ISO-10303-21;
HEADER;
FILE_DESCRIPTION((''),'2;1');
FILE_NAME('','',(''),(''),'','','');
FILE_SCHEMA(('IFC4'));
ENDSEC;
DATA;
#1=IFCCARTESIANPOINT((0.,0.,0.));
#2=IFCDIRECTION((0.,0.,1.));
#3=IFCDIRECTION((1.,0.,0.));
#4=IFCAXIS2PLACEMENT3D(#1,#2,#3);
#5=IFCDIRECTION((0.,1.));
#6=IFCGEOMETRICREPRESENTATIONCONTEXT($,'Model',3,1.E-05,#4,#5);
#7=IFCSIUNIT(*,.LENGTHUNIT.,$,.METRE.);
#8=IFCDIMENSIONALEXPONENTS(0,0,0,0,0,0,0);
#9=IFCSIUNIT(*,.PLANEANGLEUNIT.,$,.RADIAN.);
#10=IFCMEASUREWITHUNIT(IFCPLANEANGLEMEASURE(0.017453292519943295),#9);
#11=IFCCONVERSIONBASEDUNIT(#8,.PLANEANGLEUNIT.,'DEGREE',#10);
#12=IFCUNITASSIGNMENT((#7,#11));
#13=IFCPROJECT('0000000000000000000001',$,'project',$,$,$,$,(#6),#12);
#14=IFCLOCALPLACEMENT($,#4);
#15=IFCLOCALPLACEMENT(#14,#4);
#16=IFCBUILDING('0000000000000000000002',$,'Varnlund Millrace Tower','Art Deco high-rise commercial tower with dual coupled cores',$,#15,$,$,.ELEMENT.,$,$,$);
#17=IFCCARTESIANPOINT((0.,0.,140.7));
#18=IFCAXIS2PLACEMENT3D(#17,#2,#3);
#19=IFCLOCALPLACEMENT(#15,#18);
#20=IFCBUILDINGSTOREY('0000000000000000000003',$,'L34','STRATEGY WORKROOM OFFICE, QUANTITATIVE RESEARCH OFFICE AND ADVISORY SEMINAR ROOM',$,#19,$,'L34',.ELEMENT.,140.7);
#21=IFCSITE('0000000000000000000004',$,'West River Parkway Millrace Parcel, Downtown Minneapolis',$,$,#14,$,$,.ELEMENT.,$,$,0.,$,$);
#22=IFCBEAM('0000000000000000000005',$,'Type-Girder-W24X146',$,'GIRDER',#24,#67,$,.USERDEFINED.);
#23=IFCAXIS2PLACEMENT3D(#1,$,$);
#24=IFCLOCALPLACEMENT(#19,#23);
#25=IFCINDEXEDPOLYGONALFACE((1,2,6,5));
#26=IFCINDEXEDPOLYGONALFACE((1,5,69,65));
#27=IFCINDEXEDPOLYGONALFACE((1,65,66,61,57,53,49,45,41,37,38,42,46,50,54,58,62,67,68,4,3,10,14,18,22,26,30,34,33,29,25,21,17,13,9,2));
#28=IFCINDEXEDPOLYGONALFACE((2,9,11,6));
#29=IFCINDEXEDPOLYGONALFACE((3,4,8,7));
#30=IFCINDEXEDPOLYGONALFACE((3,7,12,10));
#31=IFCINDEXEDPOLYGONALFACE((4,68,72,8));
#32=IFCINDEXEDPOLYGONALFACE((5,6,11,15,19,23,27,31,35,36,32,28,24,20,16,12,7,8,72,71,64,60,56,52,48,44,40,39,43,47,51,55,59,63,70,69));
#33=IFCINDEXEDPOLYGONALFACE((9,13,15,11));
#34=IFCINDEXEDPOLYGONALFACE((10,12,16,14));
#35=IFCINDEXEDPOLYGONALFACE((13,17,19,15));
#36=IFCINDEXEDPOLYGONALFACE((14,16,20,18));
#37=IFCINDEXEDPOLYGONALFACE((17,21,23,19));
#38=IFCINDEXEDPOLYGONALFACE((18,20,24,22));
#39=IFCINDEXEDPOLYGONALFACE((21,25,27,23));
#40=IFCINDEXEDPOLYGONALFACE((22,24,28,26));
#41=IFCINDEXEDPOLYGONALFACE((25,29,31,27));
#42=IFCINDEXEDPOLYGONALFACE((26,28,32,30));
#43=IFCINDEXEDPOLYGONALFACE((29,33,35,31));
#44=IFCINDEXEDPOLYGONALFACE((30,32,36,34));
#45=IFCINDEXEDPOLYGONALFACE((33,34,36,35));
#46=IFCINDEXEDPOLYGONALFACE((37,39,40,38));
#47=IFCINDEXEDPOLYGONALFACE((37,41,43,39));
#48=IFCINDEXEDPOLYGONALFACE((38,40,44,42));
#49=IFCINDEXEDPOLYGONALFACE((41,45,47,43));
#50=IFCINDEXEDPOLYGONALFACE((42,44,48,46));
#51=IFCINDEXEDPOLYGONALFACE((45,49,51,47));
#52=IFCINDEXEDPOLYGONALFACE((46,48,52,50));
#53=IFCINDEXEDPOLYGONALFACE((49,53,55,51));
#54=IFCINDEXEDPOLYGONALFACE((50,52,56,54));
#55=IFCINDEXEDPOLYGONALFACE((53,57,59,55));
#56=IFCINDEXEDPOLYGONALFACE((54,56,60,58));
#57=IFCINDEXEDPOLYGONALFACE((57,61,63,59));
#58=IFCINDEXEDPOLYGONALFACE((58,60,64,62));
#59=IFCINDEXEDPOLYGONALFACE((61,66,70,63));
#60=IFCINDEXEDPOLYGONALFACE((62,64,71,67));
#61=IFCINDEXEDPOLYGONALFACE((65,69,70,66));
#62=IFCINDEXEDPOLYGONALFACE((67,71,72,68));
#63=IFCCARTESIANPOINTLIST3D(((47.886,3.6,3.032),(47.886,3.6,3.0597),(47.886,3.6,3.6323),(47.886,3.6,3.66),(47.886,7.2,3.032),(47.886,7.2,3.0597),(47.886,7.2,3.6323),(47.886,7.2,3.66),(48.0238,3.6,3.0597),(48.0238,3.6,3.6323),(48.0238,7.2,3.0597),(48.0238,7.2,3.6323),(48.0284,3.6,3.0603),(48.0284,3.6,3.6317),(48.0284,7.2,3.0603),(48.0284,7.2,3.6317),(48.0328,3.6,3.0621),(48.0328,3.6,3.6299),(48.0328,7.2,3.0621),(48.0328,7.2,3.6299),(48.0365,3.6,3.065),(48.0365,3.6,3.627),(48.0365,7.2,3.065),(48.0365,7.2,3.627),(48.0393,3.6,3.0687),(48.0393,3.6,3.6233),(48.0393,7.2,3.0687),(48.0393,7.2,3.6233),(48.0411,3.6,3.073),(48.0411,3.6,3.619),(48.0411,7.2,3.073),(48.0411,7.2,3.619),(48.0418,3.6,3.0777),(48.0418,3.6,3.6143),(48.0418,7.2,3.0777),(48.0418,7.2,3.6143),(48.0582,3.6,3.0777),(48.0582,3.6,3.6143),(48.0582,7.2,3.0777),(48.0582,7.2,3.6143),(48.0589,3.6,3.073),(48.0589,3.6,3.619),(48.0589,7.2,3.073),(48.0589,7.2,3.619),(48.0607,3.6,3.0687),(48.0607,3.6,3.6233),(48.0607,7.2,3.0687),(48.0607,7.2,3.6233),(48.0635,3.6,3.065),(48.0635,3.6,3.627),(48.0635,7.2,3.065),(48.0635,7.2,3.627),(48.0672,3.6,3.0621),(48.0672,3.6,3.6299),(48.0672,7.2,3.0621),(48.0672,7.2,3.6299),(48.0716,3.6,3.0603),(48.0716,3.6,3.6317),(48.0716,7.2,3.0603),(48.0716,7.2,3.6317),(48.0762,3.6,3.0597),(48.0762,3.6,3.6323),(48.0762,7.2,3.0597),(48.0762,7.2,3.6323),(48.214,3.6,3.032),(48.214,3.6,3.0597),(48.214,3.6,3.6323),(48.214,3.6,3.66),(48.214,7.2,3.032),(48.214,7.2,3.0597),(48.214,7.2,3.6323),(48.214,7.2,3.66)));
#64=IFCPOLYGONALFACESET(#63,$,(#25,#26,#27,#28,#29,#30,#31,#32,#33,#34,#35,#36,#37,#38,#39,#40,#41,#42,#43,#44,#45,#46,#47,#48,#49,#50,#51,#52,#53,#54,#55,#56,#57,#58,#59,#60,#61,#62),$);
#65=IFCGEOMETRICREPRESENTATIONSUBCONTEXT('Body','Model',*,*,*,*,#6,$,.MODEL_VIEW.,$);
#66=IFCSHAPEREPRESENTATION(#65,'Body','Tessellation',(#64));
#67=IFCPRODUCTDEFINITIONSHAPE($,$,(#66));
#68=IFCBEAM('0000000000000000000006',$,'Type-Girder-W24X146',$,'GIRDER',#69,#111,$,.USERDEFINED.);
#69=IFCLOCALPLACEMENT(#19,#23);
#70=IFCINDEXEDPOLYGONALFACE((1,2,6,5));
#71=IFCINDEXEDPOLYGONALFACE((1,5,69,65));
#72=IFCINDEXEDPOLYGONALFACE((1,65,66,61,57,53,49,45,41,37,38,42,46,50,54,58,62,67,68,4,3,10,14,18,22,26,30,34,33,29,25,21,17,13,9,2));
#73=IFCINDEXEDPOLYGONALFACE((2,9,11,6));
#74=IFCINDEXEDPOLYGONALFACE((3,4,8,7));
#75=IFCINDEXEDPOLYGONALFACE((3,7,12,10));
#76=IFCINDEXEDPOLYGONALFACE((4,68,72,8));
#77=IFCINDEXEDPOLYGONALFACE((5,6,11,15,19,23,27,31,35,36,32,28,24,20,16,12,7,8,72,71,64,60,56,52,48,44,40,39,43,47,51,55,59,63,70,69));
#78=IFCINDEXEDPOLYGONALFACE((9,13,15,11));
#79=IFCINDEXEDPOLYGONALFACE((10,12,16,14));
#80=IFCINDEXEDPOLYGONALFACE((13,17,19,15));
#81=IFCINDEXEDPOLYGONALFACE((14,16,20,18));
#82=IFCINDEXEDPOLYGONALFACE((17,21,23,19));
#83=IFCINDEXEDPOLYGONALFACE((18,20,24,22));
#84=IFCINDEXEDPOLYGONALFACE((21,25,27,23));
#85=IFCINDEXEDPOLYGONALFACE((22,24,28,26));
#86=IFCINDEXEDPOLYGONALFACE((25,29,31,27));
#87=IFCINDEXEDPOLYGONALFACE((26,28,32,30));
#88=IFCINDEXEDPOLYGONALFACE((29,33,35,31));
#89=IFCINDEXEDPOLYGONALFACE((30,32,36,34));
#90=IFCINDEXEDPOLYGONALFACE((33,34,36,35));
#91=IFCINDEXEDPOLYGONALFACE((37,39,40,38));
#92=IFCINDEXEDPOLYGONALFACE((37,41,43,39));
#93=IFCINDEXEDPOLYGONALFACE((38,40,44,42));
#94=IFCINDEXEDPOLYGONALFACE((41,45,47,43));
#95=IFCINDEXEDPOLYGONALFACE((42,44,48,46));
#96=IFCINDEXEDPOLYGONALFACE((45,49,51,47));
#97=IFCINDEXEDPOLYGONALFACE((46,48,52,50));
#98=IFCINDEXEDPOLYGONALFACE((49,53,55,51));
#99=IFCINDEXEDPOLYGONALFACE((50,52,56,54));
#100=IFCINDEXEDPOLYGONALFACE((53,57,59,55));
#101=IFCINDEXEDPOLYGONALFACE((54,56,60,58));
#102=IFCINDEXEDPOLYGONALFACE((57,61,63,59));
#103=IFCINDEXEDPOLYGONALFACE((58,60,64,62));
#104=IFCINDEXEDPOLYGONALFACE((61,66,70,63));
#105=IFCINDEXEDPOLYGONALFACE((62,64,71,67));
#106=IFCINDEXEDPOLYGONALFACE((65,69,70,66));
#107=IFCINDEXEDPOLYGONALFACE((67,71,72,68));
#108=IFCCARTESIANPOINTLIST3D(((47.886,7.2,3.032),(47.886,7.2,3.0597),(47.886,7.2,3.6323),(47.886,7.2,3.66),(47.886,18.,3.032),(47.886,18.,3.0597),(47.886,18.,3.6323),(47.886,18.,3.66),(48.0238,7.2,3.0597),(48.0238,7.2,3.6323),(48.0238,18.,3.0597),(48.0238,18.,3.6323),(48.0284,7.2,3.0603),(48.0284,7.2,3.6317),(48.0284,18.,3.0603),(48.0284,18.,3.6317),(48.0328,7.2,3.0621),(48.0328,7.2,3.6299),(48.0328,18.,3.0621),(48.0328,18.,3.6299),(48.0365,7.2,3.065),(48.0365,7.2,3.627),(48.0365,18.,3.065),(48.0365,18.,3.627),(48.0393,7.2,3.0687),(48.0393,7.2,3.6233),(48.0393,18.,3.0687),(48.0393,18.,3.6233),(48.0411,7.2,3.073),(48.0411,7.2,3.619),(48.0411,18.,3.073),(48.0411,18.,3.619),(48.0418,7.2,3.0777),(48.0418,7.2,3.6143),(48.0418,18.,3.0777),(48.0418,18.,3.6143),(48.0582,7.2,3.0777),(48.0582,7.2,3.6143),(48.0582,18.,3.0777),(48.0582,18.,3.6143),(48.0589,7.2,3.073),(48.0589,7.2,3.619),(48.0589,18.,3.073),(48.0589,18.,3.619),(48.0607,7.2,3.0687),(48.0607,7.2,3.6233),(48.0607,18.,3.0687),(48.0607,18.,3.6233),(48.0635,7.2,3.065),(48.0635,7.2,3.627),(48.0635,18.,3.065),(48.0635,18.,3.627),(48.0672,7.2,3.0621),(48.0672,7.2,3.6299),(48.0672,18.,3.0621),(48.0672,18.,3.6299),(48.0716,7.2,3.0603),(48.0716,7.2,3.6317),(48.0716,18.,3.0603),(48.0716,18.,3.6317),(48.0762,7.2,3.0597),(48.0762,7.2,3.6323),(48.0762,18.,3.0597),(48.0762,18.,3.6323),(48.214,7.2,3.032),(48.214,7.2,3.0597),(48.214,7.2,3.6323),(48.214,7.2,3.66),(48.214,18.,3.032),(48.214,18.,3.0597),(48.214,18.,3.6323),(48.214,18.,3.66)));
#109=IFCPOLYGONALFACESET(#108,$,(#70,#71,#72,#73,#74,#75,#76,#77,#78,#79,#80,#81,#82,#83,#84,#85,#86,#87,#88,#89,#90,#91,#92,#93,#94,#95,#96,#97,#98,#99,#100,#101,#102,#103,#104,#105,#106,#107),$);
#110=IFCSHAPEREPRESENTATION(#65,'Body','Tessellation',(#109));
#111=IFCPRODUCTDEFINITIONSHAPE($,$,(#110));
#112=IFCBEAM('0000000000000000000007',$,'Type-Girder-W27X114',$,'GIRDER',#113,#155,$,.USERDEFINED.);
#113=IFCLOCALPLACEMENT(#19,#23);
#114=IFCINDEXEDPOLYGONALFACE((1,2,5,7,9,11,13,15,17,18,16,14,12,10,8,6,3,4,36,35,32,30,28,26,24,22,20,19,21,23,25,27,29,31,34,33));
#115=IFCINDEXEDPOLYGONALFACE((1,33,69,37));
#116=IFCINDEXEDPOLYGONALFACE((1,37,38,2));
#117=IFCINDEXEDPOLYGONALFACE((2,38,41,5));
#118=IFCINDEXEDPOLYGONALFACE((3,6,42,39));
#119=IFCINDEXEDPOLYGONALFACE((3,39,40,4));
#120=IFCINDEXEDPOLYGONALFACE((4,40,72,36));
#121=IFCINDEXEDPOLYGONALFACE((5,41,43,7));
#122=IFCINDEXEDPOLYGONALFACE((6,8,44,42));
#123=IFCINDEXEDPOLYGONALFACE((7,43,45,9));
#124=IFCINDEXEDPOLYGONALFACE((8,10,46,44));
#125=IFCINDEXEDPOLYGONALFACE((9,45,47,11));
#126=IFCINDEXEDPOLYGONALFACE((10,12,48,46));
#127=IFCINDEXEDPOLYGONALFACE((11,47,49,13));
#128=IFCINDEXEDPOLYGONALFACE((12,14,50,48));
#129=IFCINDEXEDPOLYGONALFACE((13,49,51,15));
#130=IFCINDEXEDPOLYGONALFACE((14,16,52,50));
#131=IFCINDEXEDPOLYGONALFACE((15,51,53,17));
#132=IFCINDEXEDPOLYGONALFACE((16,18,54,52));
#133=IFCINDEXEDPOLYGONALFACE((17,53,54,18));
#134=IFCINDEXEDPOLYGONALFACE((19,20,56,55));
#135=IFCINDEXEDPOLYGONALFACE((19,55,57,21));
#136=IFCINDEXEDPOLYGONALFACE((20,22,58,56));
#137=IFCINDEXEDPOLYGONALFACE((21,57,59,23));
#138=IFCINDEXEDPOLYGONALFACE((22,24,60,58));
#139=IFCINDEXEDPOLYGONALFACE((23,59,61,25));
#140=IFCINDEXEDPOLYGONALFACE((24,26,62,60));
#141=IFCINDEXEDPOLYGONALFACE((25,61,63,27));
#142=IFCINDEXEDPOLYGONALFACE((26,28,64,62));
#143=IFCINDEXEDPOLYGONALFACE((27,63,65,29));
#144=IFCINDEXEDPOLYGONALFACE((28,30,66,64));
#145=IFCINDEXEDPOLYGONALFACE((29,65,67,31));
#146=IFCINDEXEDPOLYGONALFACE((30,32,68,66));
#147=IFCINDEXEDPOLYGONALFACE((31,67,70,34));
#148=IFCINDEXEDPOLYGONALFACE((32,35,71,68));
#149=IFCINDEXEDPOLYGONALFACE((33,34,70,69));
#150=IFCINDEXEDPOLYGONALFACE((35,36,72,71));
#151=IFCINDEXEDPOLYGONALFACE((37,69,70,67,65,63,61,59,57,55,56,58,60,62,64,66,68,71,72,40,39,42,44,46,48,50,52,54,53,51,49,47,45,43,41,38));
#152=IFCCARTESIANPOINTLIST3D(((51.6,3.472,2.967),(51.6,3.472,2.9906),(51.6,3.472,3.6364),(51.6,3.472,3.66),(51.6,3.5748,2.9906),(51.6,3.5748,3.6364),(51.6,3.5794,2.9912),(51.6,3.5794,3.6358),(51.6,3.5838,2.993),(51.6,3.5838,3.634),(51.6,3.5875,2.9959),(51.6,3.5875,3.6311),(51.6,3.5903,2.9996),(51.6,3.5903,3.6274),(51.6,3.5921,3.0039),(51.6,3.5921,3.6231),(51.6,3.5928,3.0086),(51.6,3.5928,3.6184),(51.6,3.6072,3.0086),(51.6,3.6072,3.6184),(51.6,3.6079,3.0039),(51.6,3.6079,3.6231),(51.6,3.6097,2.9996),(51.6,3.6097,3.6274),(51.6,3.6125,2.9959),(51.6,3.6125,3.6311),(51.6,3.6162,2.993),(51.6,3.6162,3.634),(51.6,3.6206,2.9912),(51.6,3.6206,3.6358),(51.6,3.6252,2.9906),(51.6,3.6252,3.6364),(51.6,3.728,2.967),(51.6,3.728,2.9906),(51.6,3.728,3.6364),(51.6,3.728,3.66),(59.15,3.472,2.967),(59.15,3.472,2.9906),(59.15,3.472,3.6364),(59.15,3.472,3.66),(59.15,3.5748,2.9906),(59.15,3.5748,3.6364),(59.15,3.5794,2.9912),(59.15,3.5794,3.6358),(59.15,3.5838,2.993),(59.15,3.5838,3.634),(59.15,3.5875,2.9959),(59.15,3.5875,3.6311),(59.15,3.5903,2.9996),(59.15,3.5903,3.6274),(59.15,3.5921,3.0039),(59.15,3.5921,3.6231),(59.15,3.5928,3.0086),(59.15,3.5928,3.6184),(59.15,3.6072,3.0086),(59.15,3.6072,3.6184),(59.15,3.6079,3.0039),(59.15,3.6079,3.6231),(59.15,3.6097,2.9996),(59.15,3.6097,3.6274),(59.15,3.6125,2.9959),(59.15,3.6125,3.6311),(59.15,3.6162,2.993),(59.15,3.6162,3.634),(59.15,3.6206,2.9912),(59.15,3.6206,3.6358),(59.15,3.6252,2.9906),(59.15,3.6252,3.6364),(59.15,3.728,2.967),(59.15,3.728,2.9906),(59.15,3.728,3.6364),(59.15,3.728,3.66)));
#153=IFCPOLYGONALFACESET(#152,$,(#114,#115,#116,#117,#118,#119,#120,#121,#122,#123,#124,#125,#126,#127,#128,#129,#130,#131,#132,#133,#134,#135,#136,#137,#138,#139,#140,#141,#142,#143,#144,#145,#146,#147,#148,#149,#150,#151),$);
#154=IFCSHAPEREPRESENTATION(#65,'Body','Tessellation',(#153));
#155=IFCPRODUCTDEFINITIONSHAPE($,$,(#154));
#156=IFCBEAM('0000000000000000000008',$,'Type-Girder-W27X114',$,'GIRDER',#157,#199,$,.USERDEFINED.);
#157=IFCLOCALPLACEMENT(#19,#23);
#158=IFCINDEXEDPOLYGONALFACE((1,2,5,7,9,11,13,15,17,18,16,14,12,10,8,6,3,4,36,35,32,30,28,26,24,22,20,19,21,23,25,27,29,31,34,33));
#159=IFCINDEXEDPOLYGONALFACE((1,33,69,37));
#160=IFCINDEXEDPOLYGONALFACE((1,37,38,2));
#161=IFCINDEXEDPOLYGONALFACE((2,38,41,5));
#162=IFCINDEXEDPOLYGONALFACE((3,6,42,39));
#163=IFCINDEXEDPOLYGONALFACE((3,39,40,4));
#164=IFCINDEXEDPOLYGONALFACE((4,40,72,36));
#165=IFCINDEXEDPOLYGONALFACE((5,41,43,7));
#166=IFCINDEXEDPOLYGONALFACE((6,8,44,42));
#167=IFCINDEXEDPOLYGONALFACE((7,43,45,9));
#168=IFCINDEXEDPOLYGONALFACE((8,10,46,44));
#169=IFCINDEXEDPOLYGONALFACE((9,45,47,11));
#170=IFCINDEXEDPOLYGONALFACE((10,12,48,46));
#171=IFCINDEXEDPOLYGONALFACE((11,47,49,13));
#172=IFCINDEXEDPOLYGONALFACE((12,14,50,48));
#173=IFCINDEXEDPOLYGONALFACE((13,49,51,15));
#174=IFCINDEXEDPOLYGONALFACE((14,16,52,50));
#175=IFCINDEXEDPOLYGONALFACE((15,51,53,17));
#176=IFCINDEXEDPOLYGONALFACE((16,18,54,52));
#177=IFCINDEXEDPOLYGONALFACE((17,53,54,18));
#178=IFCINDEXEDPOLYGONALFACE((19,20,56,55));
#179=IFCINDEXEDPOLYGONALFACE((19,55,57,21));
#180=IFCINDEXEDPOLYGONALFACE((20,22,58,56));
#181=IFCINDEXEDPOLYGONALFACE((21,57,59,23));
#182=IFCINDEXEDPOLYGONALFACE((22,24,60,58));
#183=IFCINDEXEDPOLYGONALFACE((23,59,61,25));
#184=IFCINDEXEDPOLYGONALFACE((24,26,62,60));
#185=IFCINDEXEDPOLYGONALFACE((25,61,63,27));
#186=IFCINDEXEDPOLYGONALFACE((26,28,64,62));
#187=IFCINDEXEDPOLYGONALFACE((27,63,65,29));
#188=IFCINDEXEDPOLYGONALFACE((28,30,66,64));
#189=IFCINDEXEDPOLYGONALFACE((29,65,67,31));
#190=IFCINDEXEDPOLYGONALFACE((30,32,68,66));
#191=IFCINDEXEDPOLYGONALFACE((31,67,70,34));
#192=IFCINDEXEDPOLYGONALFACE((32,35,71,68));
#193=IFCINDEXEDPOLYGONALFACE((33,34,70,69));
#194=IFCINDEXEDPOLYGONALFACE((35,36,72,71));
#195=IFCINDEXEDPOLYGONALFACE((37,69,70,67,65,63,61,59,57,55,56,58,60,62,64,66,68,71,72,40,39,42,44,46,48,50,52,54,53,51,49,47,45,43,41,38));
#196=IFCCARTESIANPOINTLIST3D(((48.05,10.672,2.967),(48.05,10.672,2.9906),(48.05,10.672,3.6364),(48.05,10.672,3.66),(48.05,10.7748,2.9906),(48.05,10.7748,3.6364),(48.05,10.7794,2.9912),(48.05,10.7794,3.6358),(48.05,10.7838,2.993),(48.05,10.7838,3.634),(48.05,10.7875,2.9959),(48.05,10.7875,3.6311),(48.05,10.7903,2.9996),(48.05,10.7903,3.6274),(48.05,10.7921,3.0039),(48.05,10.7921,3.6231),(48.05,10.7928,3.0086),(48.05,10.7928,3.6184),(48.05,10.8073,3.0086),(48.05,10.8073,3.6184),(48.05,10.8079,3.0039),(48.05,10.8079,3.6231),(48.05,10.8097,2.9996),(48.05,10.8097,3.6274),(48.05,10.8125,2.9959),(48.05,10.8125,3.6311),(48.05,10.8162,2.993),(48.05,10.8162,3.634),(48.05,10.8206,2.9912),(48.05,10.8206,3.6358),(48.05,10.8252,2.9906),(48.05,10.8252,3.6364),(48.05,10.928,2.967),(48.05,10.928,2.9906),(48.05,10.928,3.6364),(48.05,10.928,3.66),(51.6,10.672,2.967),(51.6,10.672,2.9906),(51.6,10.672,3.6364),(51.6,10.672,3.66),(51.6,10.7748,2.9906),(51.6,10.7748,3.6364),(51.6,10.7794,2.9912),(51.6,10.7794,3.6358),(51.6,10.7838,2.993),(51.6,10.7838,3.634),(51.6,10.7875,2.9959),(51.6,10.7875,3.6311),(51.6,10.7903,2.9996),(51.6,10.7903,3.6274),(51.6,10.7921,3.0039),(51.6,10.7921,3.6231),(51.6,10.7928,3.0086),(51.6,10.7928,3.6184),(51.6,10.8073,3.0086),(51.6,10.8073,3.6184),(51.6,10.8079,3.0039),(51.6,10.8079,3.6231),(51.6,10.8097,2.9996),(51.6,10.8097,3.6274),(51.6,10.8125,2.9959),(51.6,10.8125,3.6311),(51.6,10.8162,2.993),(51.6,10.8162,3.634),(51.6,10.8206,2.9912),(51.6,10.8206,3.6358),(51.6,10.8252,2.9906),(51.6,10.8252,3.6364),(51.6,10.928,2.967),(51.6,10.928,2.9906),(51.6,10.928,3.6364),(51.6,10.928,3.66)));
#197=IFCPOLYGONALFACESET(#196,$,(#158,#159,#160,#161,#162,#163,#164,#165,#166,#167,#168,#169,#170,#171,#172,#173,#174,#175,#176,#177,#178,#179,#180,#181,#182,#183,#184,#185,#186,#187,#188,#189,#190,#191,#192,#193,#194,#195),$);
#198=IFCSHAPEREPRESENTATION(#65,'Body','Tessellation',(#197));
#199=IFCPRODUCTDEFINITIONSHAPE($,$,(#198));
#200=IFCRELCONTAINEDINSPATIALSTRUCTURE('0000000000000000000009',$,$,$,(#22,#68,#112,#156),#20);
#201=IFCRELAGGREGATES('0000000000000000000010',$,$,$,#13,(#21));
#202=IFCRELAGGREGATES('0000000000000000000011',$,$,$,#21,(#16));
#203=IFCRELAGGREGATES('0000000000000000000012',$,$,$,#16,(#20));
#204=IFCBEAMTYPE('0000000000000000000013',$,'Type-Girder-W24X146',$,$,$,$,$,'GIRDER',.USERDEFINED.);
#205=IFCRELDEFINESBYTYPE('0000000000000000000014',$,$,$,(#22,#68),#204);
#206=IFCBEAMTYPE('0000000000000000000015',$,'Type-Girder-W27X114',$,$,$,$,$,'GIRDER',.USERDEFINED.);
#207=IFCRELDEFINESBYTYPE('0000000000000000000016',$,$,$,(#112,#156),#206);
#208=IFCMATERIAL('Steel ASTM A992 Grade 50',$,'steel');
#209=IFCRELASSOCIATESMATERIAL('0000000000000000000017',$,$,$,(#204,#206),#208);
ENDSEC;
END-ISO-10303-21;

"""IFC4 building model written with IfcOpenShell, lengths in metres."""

from ifc_helpers import new_model, entity, si_unit, converted_unit, direction, frame, origin_with_axes, origin_2d_with_axis, place, context, subcontext, project, spatial, i_section, extrude, material, material_profile, profile_set, type_object, element, save


model = new_model("IFC4")

# Units and contexts
model_context = context("Model", 3, precision=1e-05, world=origin_with_axes(), true_north=direction((0.0, 1.0)))
body_context = subcontext(model_context, "Body", "Model", "MODEL_VIEW")
ifc_project = project(units=[si_unit("LENGTHUNIT", "METRE"), converted_unit("PLANEANGLEUNIT", "DEGREE", entity("IfcPlaneAngleMeasure", 0.017453292519943295), si_unit("PLANEANGLEUNIT", "RADIAN"), dimensions=[0, 0, 0, 0, 0, 0, 0])], contexts=[model_context])

# Site, building, storey
site_placement = place(None, origin_with_axes())
site = spatial("IfcSite", under=ifc_project, at=site_placement, Name="West River Parkway Millrace Parcel, Downtown Minneapolis", CompositionType="ELEMENT", RefElevation=0.0)
building_placement = place(site_placement, origin_with_axes())
building = spatial("IfcBuilding", under=site, at=building_placement, Name="Varnlund Millrace Tower", Description="Art Deco high-rise commercial tower with dual coupled cores", CompositionType="ELEMENT")
storey_placement = place(building_placement, frame((0.0, 0.0, 140.7), z_axis=(0.0, 0.0, 1.0), x_axis=(1.0, 0.0, 0.0)))
storey = spatial("IfcBuildingStorey", under=building, at=storey_placement, Name="L34", Description="STRATEGY WORKROOM OFFICE, QUANTITATIVE RESEARCH OFFICE AND ADVISORY SEMINAR ROOM", LongName="L34", CompositionType="ELEMENT", Elevation=140.7)

# Beams
ifc_material_1 = material(Name="Steel ASTM A992 Grade 50", Category="steel")
ifc_material_profile_1 = material_profile(ifc_material_1, i_section(OverallWidth=0.328, OverallDepth=0.628, WebThickness=0.0165, FlangeThickness=0.0277, FilletRadius=0.018, at=origin_2d_with_axis()), Name="Steel ASTM A992 Grade 50")
ifc_profile_set_1 = profile_set([ifc_material_profile_1], Name="Steel ASTM A992 Grade 50")
beam_type_1 = type_object("IfcBeamType", Name="Type-Girder-W24X146", ElementType="GIRDER", PredefinedType="USERDEFINED", material=ifc_profile_set_1)
beam_1_placement = place(storey_placement, frame((48.05, 3.6, 3.346), z_axis=(0.0, 1.0, 0.0), x_axis=(-1.0, 0.0, 0.0)))
element("IfcBeam", 1, at=beam_1_placement, inside=storey, type_object=beam_type_1, Name="Type-Girder-W24X146", ObjectType="GIRDER", PredefinedType="USERDEFINED", context=body_context, shape_type="SweptSolid", body=[
    extrude(i_section(OverallWidth=0.328, OverallDepth=0.628, WebThickness=0.0165, FlangeThickness=0.0277, FilletRadius=0.018, at=origin_2d_with_axis()), origin_with_axes(), (0.0, 0.0, 1.0), 3.6),
])
beam_2_placement = place(storey_placement, frame((48.05, 7.2, 3.346), z_axis=(0.0, 1.0, 0.0), x_axis=(-1.0, 0.0, 0.0)))
element("IfcBeam", 2, at=beam_2_placement, inside=storey, type_object=beam_type_1, Name="Type-Girder-W24X146", ObjectType="GIRDER", PredefinedType="USERDEFINED", context=body_context, shape_type="SweptSolid", body=[
    extrude(i_section(OverallWidth=0.328, OverallDepth=0.628, WebThickness=0.0165, FlangeThickness=0.0277, FilletRadius=0.018, at=origin_2d_with_axis()), origin_with_axes(), (0.0, 0.0, 1.0), 10.8),
])
ifc_material_profile_2 = material_profile(ifc_material_1, i_section(OverallWidth=0.256, OverallDepth=0.693, WebThickness=0.0145, FlangeThickness=0.0236, FilletRadius=0.018, at=origin_2d_with_axis()), Name="Steel ASTM A992 Grade 50")
ifc_profile_set_2 = profile_set([ifc_material_profile_2], Name="Steel ASTM A992 Grade 50")
beam_type_2 = type_object("IfcBeamType", Name="Type-Girder-W27X114", ElementType="GIRDER", PredefinedType="USERDEFINED", material=ifc_profile_set_2)
beam_3_placement = place(storey_placement, frame((51.6, 3.6, 3.3135), z_axis=(1.0, 0.0, 0.0), x_axis=(0.0, 1.0, 0.0)))
element("IfcBeam", 3, at=beam_3_placement, inside=storey, type_object=beam_type_2, Name="Type-Girder-W27X114", ObjectType="GIRDER", PredefinedType="USERDEFINED", context=body_context, shape_type="SweptSolid", body=[
    extrude(i_section(OverallWidth=0.256, OverallDepth=0.693, WebThickness=0.0145, FlangeThickness=0.0236, FilletRadius=0.018, at=origin_2d_with_axis()), origin_with_axes(), (0.0, 0.0, 1.0), 7.55),
])
beam_4_placement = place(storey_placement, frame((48.05, 10.8, 3.3135), z_axis=(1.0, 0.0, 0.0), x_axis=(0.0, 1.0, 0.0)))
element("IfcBeam", 4, at=beam_4_placement, inside=storey, type_object=beam_type_2, Name="Type-Girder-W27X114", ObjectType="GIRDER", PredefinedType="USERDEFINED", context=body_context, shape_type="SweptSolid", body=[
    extrude(i_section(OverallWidth=0.256, OverallDepth=0.693, WebThickness=0.0145, FlangeThickness=0.0236, FilletRadius=0.018, at=origin_2d_with_axis()), origin_with_axes(), (0.0, 0.0, 1.0), 3.55),
])

save(model, "model.ifc")
